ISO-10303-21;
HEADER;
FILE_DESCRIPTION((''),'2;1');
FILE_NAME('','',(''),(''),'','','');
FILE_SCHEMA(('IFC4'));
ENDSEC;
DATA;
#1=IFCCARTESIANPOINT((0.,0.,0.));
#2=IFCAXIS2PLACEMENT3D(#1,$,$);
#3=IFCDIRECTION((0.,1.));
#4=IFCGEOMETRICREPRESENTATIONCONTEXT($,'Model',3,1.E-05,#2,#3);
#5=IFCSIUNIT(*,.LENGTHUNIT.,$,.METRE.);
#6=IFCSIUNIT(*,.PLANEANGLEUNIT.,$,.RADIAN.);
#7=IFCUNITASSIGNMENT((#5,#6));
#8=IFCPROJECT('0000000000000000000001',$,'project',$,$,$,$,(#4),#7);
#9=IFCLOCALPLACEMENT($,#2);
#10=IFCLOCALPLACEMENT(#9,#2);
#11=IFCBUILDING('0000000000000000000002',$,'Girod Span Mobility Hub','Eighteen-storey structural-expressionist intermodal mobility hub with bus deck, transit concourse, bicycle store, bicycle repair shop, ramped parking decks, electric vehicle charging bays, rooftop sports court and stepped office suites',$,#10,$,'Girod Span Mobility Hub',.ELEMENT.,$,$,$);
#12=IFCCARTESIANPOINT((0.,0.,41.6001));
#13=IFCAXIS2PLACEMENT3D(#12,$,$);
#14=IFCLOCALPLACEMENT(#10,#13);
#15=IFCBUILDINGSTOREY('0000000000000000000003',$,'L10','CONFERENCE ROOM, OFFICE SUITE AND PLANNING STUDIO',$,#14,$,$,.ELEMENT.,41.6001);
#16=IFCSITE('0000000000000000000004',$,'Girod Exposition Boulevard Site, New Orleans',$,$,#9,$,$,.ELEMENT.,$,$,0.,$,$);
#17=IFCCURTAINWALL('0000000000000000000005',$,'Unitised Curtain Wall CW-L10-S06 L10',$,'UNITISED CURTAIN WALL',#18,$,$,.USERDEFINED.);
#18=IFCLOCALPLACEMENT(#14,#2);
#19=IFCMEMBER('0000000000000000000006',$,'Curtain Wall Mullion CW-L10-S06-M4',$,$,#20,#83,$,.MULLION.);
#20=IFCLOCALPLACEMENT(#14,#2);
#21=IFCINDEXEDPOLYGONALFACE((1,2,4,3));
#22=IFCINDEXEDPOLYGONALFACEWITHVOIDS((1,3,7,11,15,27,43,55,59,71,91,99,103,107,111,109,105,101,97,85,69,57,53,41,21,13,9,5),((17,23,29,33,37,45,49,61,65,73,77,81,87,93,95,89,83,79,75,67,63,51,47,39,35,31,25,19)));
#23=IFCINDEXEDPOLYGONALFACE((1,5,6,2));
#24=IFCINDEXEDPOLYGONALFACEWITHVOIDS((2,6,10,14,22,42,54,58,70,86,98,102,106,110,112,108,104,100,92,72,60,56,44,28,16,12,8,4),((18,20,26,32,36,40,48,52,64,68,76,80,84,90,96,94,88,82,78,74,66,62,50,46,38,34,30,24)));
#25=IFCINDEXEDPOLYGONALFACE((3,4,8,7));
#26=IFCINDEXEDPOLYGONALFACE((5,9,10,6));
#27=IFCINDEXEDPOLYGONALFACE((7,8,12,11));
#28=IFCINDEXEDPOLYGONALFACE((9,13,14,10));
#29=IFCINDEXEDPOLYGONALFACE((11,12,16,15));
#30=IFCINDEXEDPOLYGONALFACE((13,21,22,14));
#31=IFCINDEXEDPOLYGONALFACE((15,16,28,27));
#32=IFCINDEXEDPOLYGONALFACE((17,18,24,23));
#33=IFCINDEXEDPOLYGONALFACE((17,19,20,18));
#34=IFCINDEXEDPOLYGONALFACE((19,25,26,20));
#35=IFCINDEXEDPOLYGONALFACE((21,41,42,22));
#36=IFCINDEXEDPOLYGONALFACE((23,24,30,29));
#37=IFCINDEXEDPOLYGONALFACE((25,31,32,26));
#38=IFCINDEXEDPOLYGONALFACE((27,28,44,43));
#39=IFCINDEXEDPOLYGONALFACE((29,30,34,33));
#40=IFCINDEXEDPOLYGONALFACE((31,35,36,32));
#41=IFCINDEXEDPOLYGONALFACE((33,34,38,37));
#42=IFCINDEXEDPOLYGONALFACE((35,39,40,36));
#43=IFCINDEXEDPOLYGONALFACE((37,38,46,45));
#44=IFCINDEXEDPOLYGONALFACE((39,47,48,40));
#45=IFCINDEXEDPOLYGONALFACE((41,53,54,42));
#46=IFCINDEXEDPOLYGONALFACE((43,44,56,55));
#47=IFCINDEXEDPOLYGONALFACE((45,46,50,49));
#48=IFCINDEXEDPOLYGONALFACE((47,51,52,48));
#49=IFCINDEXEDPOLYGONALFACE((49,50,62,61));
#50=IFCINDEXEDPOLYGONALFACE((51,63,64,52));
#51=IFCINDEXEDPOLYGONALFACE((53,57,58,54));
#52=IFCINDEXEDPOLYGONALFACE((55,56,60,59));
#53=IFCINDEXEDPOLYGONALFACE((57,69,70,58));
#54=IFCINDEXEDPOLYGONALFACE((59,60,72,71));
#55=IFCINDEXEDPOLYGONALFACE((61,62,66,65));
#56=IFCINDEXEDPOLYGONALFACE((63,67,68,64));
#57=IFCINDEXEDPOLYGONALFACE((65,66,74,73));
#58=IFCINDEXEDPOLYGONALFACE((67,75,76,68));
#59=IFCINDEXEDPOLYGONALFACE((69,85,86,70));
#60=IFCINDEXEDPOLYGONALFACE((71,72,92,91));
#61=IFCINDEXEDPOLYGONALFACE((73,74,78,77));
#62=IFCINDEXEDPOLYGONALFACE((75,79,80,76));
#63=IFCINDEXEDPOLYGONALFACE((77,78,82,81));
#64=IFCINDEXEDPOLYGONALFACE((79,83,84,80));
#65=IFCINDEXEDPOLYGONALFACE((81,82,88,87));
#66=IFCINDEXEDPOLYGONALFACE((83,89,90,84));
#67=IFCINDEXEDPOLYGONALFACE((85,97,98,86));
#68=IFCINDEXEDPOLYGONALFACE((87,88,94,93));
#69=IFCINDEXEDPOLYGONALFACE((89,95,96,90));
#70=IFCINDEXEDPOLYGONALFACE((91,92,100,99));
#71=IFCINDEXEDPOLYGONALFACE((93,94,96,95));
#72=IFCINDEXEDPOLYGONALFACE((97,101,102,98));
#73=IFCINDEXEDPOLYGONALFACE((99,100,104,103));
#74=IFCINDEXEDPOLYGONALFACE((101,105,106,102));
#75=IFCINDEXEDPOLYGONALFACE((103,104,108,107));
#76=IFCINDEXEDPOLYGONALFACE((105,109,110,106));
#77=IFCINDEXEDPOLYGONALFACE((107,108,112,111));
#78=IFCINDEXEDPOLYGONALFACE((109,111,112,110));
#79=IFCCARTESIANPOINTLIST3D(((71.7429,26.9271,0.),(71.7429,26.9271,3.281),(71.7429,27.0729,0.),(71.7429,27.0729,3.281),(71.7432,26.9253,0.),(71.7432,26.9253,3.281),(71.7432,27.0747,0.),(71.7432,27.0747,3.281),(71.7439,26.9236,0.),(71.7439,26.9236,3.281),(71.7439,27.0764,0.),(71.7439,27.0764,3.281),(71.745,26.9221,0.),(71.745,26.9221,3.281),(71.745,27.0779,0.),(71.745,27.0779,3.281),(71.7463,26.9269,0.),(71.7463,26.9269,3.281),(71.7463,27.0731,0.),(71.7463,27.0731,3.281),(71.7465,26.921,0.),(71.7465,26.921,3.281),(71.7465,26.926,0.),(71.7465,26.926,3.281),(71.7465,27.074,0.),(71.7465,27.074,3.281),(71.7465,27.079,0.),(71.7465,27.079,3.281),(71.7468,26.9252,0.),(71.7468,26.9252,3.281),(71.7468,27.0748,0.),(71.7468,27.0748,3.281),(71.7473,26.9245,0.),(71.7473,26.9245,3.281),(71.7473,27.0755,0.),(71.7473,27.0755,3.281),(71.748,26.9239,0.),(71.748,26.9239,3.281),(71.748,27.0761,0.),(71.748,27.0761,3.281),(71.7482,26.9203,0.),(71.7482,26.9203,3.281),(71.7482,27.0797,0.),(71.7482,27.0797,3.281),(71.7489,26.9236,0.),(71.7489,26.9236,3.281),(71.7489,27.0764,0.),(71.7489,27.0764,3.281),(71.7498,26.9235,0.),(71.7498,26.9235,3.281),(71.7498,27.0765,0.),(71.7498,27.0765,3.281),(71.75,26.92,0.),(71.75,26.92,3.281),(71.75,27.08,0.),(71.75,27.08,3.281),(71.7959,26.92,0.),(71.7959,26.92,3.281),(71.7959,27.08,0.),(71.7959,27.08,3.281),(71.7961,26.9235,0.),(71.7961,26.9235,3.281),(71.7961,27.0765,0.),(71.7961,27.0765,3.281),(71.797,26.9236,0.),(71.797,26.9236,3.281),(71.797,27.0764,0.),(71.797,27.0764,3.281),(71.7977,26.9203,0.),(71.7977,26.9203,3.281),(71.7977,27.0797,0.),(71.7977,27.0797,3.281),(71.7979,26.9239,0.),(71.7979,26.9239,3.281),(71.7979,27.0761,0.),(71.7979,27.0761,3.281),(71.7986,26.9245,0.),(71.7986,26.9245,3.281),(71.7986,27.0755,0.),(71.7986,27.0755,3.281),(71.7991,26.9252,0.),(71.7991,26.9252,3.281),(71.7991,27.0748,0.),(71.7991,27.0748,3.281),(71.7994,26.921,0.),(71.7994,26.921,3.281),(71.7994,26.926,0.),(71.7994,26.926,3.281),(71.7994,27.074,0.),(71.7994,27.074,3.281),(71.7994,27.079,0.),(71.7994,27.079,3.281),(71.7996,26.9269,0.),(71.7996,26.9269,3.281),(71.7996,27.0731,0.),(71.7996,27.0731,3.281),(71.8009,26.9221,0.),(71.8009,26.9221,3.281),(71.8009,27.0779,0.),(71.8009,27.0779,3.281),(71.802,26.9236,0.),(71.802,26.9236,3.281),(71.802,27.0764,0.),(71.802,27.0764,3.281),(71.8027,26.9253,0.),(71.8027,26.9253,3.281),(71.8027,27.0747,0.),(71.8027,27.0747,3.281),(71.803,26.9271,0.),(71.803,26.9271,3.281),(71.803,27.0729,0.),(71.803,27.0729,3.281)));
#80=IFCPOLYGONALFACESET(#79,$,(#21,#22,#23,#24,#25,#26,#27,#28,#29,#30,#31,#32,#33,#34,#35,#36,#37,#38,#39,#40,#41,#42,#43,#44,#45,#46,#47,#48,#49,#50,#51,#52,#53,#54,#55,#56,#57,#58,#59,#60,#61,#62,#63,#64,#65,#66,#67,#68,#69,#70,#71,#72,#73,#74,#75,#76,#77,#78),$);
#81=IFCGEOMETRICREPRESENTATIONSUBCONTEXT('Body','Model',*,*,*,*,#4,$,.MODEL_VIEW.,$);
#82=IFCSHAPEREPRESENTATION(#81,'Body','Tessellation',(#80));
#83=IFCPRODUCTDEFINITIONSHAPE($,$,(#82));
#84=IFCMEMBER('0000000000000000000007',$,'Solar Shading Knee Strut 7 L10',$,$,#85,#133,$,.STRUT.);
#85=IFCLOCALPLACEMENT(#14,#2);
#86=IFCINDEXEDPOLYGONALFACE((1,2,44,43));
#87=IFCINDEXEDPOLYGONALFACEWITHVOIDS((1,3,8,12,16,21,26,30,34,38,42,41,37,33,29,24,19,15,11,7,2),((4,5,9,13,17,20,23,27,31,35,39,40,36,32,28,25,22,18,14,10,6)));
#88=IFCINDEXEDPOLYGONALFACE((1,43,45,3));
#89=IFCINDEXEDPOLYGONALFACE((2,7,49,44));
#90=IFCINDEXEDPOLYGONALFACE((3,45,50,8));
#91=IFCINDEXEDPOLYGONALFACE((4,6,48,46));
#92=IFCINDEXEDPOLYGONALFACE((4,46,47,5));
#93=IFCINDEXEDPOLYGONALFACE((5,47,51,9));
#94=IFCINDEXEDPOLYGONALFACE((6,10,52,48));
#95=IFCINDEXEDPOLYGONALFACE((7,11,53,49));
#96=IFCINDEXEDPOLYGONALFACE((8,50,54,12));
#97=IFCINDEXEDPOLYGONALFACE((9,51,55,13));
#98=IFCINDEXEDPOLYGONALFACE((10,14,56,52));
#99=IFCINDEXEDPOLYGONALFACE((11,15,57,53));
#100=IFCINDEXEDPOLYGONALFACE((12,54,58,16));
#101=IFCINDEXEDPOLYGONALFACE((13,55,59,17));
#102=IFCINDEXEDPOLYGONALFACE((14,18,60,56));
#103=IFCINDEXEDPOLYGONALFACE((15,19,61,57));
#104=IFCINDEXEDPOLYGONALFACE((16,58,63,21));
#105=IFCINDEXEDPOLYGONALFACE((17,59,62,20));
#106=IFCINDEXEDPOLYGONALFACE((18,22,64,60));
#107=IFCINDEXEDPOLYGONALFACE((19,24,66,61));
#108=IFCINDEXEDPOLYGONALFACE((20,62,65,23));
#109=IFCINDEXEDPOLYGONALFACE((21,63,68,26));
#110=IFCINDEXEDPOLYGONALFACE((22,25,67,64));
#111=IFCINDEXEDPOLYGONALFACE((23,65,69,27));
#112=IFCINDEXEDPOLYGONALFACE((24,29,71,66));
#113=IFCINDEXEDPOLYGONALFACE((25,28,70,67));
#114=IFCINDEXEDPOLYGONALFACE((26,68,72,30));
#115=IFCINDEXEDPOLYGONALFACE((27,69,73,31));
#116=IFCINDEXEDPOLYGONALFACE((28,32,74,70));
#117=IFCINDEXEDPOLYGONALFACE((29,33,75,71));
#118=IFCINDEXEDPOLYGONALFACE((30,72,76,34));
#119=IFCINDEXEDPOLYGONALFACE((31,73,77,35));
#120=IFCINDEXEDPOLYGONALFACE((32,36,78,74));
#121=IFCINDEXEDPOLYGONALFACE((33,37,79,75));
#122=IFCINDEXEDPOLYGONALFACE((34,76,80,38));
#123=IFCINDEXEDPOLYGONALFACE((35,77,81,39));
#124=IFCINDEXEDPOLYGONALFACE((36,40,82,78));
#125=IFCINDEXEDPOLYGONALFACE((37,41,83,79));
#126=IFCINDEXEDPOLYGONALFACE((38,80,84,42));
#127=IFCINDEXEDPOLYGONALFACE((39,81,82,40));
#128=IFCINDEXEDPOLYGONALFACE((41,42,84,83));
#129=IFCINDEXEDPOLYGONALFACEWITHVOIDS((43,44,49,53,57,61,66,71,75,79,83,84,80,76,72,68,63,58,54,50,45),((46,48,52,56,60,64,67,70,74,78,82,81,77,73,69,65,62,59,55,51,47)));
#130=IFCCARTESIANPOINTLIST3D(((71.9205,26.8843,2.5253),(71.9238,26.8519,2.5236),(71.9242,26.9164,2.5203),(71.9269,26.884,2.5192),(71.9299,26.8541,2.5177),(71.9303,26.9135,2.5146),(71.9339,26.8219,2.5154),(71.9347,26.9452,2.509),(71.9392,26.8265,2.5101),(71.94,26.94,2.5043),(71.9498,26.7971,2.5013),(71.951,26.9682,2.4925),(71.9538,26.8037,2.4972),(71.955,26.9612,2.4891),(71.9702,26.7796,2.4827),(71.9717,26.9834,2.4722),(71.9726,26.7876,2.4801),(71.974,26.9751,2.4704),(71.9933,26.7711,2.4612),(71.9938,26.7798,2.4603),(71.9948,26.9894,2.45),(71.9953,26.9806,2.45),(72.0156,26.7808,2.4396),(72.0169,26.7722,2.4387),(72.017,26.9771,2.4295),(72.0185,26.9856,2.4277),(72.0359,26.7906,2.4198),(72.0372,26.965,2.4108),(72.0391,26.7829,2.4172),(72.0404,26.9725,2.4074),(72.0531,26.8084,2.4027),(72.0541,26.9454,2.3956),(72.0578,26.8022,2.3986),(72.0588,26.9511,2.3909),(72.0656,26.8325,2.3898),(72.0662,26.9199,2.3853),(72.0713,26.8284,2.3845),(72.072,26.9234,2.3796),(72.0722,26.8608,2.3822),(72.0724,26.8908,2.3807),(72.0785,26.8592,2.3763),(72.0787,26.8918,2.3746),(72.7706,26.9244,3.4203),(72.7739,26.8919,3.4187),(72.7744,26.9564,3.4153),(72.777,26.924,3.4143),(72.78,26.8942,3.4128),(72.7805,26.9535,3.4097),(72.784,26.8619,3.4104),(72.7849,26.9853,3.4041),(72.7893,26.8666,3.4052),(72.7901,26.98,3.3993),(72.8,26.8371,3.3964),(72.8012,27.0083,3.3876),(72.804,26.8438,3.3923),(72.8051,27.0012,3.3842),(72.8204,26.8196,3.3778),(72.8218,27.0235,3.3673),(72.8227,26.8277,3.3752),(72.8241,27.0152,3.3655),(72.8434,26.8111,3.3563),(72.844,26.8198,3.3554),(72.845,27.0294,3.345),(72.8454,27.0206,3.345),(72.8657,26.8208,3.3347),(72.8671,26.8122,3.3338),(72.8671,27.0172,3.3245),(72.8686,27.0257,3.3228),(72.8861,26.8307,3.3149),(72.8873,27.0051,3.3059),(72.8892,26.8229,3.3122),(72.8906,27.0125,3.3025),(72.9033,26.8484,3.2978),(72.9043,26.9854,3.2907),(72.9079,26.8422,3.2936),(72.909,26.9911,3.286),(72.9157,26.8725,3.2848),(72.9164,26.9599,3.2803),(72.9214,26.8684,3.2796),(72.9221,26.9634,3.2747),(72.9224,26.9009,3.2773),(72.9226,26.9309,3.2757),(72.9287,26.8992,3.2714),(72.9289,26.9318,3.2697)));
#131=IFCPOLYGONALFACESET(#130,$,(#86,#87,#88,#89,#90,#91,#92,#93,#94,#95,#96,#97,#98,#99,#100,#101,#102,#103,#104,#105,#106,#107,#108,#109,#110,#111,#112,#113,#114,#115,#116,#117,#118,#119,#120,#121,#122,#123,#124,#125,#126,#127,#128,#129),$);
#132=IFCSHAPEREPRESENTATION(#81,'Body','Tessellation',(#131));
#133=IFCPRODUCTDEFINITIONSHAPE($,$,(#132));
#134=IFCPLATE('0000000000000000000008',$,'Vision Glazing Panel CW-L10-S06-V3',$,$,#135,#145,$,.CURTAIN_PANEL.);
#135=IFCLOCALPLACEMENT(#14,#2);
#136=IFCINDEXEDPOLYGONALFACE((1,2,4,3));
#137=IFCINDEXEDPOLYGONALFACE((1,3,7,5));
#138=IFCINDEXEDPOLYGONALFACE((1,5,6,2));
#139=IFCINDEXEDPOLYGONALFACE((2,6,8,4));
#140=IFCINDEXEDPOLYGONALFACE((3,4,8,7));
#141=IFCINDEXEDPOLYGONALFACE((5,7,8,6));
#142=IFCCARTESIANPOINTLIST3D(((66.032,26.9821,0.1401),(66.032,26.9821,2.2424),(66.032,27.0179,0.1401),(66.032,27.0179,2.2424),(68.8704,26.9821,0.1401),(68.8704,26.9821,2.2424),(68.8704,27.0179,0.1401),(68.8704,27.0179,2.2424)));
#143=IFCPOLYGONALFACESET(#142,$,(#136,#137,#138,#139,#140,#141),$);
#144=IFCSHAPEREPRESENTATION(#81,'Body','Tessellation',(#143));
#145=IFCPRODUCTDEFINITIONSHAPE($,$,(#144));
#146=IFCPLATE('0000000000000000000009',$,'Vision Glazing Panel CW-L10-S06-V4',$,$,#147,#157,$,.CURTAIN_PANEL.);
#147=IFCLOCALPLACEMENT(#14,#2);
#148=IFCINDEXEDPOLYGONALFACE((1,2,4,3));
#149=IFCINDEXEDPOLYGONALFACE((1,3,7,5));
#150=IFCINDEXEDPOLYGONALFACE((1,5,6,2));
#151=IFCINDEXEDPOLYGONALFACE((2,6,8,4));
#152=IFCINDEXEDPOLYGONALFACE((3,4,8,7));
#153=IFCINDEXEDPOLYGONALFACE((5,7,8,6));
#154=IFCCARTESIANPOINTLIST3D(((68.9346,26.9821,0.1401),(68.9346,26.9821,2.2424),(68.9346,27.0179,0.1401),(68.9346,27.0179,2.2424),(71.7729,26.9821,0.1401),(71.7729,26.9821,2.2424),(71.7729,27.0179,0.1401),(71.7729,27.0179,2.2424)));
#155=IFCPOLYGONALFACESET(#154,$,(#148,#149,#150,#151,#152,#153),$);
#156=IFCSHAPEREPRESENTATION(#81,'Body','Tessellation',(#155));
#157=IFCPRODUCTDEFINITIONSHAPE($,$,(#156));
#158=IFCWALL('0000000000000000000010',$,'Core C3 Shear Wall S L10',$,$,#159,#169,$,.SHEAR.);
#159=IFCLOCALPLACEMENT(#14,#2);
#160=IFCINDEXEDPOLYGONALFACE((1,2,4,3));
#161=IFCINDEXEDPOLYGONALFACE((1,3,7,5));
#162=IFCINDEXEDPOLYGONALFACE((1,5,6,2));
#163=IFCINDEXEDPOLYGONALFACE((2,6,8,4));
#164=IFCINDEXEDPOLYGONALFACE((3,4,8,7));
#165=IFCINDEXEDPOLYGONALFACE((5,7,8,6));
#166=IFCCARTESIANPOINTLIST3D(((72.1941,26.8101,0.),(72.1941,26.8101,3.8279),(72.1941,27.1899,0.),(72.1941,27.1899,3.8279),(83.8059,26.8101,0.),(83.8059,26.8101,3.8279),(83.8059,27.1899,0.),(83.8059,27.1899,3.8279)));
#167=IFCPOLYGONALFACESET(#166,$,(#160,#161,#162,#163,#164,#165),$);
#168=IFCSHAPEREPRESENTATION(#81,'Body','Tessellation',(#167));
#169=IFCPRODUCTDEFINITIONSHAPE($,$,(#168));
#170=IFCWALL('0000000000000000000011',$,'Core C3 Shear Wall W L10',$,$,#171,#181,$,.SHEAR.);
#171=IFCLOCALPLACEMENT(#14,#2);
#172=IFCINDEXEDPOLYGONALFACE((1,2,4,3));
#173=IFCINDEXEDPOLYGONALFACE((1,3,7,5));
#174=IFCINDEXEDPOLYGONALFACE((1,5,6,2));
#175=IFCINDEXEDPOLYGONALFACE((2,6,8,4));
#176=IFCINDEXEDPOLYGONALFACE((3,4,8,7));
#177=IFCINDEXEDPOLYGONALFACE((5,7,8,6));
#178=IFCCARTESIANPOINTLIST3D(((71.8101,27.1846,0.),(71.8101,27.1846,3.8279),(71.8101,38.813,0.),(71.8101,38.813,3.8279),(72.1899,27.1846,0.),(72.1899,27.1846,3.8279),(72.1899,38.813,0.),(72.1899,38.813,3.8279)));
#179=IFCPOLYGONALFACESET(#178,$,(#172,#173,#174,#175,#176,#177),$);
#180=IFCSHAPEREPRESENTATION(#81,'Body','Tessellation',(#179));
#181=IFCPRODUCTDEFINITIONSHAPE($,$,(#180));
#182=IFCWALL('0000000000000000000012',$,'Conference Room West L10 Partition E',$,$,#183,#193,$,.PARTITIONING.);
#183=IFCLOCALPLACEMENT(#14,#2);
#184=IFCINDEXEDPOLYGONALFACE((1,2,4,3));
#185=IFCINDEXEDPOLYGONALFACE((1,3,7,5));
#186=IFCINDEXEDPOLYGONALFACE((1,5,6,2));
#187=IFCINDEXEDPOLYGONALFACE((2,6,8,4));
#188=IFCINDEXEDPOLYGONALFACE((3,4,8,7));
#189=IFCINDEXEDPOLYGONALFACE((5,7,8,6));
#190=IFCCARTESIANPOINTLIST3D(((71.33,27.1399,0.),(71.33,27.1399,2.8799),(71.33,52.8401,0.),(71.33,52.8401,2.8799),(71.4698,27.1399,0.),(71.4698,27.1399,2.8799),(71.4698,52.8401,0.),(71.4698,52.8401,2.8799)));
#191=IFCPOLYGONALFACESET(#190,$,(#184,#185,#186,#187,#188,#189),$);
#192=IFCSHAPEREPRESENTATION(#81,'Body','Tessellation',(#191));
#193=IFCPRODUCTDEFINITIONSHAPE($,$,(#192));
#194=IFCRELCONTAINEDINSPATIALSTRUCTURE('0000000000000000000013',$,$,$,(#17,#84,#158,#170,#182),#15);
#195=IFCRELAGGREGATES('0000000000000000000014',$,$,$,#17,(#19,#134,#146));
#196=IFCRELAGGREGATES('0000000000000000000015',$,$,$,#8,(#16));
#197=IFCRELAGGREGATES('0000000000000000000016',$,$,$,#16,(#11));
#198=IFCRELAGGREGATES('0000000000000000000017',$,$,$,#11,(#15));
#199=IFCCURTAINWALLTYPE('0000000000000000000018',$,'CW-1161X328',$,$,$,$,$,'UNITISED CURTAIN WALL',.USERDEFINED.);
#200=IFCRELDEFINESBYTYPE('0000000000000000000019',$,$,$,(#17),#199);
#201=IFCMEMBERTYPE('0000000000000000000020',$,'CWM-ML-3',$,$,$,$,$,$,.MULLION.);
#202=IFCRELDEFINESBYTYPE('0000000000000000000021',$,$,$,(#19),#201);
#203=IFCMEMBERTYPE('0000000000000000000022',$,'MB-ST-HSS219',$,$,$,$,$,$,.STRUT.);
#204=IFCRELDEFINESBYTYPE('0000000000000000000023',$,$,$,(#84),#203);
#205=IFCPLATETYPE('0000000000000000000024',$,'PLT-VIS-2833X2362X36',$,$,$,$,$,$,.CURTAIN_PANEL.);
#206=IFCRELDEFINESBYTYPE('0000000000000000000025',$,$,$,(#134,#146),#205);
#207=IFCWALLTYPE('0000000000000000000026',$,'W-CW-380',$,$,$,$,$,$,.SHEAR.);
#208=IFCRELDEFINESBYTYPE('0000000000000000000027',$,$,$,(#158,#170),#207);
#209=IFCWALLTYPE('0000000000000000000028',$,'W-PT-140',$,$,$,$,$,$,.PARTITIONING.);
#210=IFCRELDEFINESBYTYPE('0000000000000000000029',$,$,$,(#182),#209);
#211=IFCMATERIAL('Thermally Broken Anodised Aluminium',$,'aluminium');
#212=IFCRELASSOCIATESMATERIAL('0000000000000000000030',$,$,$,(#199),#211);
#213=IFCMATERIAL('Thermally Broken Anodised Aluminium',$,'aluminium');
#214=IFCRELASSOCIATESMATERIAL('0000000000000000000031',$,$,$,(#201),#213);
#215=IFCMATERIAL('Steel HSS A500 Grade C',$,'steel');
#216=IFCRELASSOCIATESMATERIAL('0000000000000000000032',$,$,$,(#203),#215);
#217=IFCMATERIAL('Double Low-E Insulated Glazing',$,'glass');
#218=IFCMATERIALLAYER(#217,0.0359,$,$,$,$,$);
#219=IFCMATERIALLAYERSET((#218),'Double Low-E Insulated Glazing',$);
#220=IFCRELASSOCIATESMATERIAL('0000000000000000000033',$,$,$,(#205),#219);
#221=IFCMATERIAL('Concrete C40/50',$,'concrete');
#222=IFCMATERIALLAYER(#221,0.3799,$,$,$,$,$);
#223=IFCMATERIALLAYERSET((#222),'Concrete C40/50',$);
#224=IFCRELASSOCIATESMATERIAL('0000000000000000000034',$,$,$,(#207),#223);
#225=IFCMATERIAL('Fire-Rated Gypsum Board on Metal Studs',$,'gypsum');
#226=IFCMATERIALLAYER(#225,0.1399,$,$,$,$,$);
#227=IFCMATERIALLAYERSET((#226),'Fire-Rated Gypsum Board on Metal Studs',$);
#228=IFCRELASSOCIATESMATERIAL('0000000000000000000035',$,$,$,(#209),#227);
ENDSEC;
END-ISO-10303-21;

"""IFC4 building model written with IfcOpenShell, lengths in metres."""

from ifc_helpers import new_model, si_unit, direction, frame, frame_2d, origin, origin_2d, place, context, subcontext, project, spatial, rectangle, hollow_rectangle, hollow_circle, extrude, material, layer, layer_set, material_profile, profile_set, type_object, element, aggregate, save


model = new_model("IFC4")

# Units and contexts
model_context = context("Model", 3, precision=1e-05, world=origin(), true_north=direction((0.0, 1.0)))
body_context = subcontext(model_context, "Body", "Model", "MODEL_VIEW")
ifc_project = project(units=[si_unit("LENGTHUNIT", "METRE"), si_unit("PLANEANGLEUNIT", "RADIAN")], contexts=[model_context])

# Site, building, storey
site_placement = place(None, origin())
site = spatial("IfcSite", under=ifc_project, at=site_placement, Name="Girod Exposition Boulevard Site, New Orleans", CompositionType="ELEMENT", RefElevation=0.0)
building_placement = place(site_placement, origin())
building = spatial("IfcBuilding", under=site, at=building_placement, Name="Girod Span Mobility Hub", Description="Eighteen-storey structural-expressionist intermodal mobility hub with bus deck, transit concourse, bicycle store, bicycle repair shop, ramped parking decks, electric vehicle charging bays, rooftop sports court and stepped office suites", LongName="Girod Span Mobility Hub", CompositionType="ELEMENT")
storey_placement = place(building_placement, frame((0.0, 0.0, 41.6001)))
storey = spatial("IfcBuildingStorey", under=building, at=storey_placement, Name="L10", Description="CONFERENCE ROOM, OFFICE SUITE AND PLANNING STUDIO", CompositionType="ELEMENT", Elevation=41.6001)

# Curtain wall, member
ifc_material_1 = material(Name="Thermally Broken Anodised Aluminium", Category="aluminium")
curtain_wall_type = type_object("IfcCurtainWallType", Name="CW-1161X328", ElementType="UNITISED CURTAIN WALL", PredefinedType="USERDEFINED", material=ifc_material_1)
curtain_wall_placement = place(storey_placement, origin())
curtain_wall = element("IfcCurtainWall", 1, at=curtain_wall_placement, inside=storey, type_object=curtain_wall_type, Name="Unitised Curtain Wall CW-L10-S06 L10", ObjectType="UNITISED CURTAIN WALL", PredefinedType="USERDEFINED")
ifc_material_2 = material(Name="Thermally Broken Anodised Aluminium", Category="aluminium")
ifc_material_profile_1 = material_profile(ifc_material_2, hollow_rectangle(XDim=0.1599, YDim=0.0601, WallThickness=0.0034, InnerFilletRadius=0.0034, OuterFilletRadius=0.0071, at=origin_2d()), Name="CW-ML-60X160")
ifc_profile_set_1 = profile_set([ifc_material_profile_1], Name="Thermally Broken Anodised Aluminium")
member_type_1 = type_object("IfcMemberType", Name="CWM-ML-3", PredefinedType="MULLION", material=ifc_profile_set_1)
member_1_placement = place(storey_placement, frame((71.7729, 27.0, 0.0), z_axis=(0.0, 0.0, 1.0), x_axis=(0.0, 1.0, 0.0)))
member_1 = element("IfcMember", 2, at=member_1_placement, type_object=member_type_1, Name="Curtain Wall Mullion CW-L10-S06-M4", PredefinedType="MULLION", context=body_context, shape_type="SweptSolid", body=[
    extrude(hollow_rectangle(XDim=0.1599, YDim=0.0601, WallThickness=0.0034, InnerFilletRadius=0.0034, OuterFilletRadius=0.0071, at=origin_2d()), origin(), (0.0, 0.0, 1.0), 3.281),
])

# Member
ifc_material_3 = material(Name="Steel HSS A500 Grade C", Category="steel")
ifc_material_profile_2 = material_profile(ifc_material_3, hollow_circle(Radius=0.1096, WallThickness=0.0088, at=origin_2d()), Name="HSS219X9.5")
ifc_profile_set_2 = profile_set([ifc_material_profile_2], Name="Steel HSS A500 Grade C")
member_type_2 = type_object("IfcMemberType", Name="MB-ST-HSS219", PredefinedType="STRUT", material=ifc_profile_set_2)
member_2_placement = place(storey_placement, frame((72.0, 26.8799, 2.45), z_axis=(0.688315, 0.032419, 0.724687), x_axis=(-0.047047, 0.998893, 0.0)))
element("IfcMember", 3, at=member_2_placement, inside=storey, type_object=member_type_2, Name="Solar Shading Knee Strut 7 L10", PredefinedType="STRUT", context=body_context, shape_type="SweptSolid", body=[
    extrude(hollow_circle(Radius=0.1096, WallThickness=0.0088, at=origin_2d()), origin(), (0.0, 0.0, 1.0), 1.2351),
])

# Plates
ifc_material_4 = material(Name="Double Low-E Insulated Glazing", Category="glass")
ifc_layer_1 = layer(ifc_material_4, 0.0359)
ifc_layer_set_1 = layer_set([ifc_layer_1], Name="Double Low-E Insulated Glazing")
plate_type = type_object("IfcPlateType", Name="PLT-VIS-2833X2362X36", PredefinedType="CURTAIN_PANEL", material=ifc_layer_set_1)
plate_1_placement = place(storey_placement, frame((67.4512, 27.0, 0.1401), z_axis=(0.0, 0.0, 1.0), x_axis=(1.0, 0.0, 0.0)))
plate_1 = element("IfcPlate", 4, at=plate_1_placement, type_object=plate_type, Name="Vision Glazing Panel CW-L10-S06-V3", PredefinedType="CURTAIN_PANEL", context=body_context, shape_type="SweptSolid", body=[
    extrude(rectangle(XDim=2.8384, YDim=0.0359, at=origin_2d()), origin(), (0.0, 0.0, 1.0), 2.1023),
])
plate_2_placement = place(storey_placement, frame((70.3538, 27.0, 0.1401), z_axis=(0.0, 0.0, 1.0), x_axis=(1.0, 0.0, 0.0)))
plate_2 = element("IfcPlate", 5, at=plate_2_placement, type_object=plate_type, Name="Vision Glazing Panel CW-L10-S06-V4", PredefinedType="CURTAIN_PANEL", context=body_context, shape_type="SweptSolid", body=[
    extrude(rectangle(XDim=2.8384, YDim=0.0359, at=origin_2d()), origin(), (0.0, 0.0, 1.0), 2.1023),
])
aggregate(curtain_wall, [member_1, plate_1, plate_2])

# Walls
ifc_material_5 = material(Name="Concrete C40/50", Category="concrete")
ifc_layer_2 = layer(ifc_material_5, 0.3799)
ifc_layer_set_2 = layer_set([ifc_layer_2], Name="Concrete C40/50")
wall_type_1 = type_object("IfcWallType", Name="W-CW-380", PredefinedType="SHEAR", material=ifc_layer_set_2)
wall_1_placement = place(storey_placement, frame((72.1941, 27.0, 0.0), z_axis=(0.0, 0.0, 1.0), x_axis=(1.0, 0.0, 0.0)))
element("IfcWall", 6, at=wall_1_placement, inside=storey, type_object=wall_type_1, Name="Core C3 Shear Wall S L10", PredefinedType="SHEAR", context=body_context, shape_type="SweptSolid", body=[
    extrude(rectangle(XDim=11.6118, YDim=0.3799, at=frame_2d((5.8059, 0.0))), origin(), (0.0, 0.0, 1.0), 3.8279),
])
wall_2_placement = place(storey_placement, frame((72.0, 27.1846, 0.0), z_axis=(0.0, 0.0, 1.0), x_axis=(0.0, 1.0, 0.0)))
element("IfcWall", 7, at=wall_2_placement, inside=storey, type_object=wall_type_1, Name="Core C3 Shear Wall W L10", PredefinedType="SHEAR", context=body_context, shape_type="SweptSolid", body=[
    extrude(rectangle(XDim=11.6284, YDim=0.3799, at=frame_2d((5.8142, 0.0))), origin(), (0.0, 0.0, 1.0), 3.8279),
])
ifc_material_6 = material(Name="Fire-Rated Gypsum Board on Metal Studs", Category="gypsum")
ifc_layer_3 = layer(ifc_material_6, 0.1399)
ifc_layer_set_3 = layer_set([ifc_layer_3], Name="Fire-Rated Gypsum Board on Metal Studs")
wall_type_2 = type_object("IfcWallType", Name="W-PT-140", PredefinedType="PARTITIONING", material=ifc_layer_set_3)
wall_3_placement = place(storey_placement, frame((71.3999, 27.1399, 0.0), z_axis=(0.0, 0.0, 1.0), x_axis=(0.0, 1.0, 0.0)))
element("IfcWall", 8, at=wall_3_placement, inside=storey, type_object=wall_type_2, Name="Conference Room West L10 Partition E", PredefinedType="PARTITIONING", context=body_context, shape_type="SweptSolid", body=[
    extrude(rectangle(XDim=25.7002, YDim=0.1399, at=frame_2d((12.8501, 0.0))), origin(), (0.0, 0.0, 1.0), 2.8799),
])

save(model, "model.ifc")
